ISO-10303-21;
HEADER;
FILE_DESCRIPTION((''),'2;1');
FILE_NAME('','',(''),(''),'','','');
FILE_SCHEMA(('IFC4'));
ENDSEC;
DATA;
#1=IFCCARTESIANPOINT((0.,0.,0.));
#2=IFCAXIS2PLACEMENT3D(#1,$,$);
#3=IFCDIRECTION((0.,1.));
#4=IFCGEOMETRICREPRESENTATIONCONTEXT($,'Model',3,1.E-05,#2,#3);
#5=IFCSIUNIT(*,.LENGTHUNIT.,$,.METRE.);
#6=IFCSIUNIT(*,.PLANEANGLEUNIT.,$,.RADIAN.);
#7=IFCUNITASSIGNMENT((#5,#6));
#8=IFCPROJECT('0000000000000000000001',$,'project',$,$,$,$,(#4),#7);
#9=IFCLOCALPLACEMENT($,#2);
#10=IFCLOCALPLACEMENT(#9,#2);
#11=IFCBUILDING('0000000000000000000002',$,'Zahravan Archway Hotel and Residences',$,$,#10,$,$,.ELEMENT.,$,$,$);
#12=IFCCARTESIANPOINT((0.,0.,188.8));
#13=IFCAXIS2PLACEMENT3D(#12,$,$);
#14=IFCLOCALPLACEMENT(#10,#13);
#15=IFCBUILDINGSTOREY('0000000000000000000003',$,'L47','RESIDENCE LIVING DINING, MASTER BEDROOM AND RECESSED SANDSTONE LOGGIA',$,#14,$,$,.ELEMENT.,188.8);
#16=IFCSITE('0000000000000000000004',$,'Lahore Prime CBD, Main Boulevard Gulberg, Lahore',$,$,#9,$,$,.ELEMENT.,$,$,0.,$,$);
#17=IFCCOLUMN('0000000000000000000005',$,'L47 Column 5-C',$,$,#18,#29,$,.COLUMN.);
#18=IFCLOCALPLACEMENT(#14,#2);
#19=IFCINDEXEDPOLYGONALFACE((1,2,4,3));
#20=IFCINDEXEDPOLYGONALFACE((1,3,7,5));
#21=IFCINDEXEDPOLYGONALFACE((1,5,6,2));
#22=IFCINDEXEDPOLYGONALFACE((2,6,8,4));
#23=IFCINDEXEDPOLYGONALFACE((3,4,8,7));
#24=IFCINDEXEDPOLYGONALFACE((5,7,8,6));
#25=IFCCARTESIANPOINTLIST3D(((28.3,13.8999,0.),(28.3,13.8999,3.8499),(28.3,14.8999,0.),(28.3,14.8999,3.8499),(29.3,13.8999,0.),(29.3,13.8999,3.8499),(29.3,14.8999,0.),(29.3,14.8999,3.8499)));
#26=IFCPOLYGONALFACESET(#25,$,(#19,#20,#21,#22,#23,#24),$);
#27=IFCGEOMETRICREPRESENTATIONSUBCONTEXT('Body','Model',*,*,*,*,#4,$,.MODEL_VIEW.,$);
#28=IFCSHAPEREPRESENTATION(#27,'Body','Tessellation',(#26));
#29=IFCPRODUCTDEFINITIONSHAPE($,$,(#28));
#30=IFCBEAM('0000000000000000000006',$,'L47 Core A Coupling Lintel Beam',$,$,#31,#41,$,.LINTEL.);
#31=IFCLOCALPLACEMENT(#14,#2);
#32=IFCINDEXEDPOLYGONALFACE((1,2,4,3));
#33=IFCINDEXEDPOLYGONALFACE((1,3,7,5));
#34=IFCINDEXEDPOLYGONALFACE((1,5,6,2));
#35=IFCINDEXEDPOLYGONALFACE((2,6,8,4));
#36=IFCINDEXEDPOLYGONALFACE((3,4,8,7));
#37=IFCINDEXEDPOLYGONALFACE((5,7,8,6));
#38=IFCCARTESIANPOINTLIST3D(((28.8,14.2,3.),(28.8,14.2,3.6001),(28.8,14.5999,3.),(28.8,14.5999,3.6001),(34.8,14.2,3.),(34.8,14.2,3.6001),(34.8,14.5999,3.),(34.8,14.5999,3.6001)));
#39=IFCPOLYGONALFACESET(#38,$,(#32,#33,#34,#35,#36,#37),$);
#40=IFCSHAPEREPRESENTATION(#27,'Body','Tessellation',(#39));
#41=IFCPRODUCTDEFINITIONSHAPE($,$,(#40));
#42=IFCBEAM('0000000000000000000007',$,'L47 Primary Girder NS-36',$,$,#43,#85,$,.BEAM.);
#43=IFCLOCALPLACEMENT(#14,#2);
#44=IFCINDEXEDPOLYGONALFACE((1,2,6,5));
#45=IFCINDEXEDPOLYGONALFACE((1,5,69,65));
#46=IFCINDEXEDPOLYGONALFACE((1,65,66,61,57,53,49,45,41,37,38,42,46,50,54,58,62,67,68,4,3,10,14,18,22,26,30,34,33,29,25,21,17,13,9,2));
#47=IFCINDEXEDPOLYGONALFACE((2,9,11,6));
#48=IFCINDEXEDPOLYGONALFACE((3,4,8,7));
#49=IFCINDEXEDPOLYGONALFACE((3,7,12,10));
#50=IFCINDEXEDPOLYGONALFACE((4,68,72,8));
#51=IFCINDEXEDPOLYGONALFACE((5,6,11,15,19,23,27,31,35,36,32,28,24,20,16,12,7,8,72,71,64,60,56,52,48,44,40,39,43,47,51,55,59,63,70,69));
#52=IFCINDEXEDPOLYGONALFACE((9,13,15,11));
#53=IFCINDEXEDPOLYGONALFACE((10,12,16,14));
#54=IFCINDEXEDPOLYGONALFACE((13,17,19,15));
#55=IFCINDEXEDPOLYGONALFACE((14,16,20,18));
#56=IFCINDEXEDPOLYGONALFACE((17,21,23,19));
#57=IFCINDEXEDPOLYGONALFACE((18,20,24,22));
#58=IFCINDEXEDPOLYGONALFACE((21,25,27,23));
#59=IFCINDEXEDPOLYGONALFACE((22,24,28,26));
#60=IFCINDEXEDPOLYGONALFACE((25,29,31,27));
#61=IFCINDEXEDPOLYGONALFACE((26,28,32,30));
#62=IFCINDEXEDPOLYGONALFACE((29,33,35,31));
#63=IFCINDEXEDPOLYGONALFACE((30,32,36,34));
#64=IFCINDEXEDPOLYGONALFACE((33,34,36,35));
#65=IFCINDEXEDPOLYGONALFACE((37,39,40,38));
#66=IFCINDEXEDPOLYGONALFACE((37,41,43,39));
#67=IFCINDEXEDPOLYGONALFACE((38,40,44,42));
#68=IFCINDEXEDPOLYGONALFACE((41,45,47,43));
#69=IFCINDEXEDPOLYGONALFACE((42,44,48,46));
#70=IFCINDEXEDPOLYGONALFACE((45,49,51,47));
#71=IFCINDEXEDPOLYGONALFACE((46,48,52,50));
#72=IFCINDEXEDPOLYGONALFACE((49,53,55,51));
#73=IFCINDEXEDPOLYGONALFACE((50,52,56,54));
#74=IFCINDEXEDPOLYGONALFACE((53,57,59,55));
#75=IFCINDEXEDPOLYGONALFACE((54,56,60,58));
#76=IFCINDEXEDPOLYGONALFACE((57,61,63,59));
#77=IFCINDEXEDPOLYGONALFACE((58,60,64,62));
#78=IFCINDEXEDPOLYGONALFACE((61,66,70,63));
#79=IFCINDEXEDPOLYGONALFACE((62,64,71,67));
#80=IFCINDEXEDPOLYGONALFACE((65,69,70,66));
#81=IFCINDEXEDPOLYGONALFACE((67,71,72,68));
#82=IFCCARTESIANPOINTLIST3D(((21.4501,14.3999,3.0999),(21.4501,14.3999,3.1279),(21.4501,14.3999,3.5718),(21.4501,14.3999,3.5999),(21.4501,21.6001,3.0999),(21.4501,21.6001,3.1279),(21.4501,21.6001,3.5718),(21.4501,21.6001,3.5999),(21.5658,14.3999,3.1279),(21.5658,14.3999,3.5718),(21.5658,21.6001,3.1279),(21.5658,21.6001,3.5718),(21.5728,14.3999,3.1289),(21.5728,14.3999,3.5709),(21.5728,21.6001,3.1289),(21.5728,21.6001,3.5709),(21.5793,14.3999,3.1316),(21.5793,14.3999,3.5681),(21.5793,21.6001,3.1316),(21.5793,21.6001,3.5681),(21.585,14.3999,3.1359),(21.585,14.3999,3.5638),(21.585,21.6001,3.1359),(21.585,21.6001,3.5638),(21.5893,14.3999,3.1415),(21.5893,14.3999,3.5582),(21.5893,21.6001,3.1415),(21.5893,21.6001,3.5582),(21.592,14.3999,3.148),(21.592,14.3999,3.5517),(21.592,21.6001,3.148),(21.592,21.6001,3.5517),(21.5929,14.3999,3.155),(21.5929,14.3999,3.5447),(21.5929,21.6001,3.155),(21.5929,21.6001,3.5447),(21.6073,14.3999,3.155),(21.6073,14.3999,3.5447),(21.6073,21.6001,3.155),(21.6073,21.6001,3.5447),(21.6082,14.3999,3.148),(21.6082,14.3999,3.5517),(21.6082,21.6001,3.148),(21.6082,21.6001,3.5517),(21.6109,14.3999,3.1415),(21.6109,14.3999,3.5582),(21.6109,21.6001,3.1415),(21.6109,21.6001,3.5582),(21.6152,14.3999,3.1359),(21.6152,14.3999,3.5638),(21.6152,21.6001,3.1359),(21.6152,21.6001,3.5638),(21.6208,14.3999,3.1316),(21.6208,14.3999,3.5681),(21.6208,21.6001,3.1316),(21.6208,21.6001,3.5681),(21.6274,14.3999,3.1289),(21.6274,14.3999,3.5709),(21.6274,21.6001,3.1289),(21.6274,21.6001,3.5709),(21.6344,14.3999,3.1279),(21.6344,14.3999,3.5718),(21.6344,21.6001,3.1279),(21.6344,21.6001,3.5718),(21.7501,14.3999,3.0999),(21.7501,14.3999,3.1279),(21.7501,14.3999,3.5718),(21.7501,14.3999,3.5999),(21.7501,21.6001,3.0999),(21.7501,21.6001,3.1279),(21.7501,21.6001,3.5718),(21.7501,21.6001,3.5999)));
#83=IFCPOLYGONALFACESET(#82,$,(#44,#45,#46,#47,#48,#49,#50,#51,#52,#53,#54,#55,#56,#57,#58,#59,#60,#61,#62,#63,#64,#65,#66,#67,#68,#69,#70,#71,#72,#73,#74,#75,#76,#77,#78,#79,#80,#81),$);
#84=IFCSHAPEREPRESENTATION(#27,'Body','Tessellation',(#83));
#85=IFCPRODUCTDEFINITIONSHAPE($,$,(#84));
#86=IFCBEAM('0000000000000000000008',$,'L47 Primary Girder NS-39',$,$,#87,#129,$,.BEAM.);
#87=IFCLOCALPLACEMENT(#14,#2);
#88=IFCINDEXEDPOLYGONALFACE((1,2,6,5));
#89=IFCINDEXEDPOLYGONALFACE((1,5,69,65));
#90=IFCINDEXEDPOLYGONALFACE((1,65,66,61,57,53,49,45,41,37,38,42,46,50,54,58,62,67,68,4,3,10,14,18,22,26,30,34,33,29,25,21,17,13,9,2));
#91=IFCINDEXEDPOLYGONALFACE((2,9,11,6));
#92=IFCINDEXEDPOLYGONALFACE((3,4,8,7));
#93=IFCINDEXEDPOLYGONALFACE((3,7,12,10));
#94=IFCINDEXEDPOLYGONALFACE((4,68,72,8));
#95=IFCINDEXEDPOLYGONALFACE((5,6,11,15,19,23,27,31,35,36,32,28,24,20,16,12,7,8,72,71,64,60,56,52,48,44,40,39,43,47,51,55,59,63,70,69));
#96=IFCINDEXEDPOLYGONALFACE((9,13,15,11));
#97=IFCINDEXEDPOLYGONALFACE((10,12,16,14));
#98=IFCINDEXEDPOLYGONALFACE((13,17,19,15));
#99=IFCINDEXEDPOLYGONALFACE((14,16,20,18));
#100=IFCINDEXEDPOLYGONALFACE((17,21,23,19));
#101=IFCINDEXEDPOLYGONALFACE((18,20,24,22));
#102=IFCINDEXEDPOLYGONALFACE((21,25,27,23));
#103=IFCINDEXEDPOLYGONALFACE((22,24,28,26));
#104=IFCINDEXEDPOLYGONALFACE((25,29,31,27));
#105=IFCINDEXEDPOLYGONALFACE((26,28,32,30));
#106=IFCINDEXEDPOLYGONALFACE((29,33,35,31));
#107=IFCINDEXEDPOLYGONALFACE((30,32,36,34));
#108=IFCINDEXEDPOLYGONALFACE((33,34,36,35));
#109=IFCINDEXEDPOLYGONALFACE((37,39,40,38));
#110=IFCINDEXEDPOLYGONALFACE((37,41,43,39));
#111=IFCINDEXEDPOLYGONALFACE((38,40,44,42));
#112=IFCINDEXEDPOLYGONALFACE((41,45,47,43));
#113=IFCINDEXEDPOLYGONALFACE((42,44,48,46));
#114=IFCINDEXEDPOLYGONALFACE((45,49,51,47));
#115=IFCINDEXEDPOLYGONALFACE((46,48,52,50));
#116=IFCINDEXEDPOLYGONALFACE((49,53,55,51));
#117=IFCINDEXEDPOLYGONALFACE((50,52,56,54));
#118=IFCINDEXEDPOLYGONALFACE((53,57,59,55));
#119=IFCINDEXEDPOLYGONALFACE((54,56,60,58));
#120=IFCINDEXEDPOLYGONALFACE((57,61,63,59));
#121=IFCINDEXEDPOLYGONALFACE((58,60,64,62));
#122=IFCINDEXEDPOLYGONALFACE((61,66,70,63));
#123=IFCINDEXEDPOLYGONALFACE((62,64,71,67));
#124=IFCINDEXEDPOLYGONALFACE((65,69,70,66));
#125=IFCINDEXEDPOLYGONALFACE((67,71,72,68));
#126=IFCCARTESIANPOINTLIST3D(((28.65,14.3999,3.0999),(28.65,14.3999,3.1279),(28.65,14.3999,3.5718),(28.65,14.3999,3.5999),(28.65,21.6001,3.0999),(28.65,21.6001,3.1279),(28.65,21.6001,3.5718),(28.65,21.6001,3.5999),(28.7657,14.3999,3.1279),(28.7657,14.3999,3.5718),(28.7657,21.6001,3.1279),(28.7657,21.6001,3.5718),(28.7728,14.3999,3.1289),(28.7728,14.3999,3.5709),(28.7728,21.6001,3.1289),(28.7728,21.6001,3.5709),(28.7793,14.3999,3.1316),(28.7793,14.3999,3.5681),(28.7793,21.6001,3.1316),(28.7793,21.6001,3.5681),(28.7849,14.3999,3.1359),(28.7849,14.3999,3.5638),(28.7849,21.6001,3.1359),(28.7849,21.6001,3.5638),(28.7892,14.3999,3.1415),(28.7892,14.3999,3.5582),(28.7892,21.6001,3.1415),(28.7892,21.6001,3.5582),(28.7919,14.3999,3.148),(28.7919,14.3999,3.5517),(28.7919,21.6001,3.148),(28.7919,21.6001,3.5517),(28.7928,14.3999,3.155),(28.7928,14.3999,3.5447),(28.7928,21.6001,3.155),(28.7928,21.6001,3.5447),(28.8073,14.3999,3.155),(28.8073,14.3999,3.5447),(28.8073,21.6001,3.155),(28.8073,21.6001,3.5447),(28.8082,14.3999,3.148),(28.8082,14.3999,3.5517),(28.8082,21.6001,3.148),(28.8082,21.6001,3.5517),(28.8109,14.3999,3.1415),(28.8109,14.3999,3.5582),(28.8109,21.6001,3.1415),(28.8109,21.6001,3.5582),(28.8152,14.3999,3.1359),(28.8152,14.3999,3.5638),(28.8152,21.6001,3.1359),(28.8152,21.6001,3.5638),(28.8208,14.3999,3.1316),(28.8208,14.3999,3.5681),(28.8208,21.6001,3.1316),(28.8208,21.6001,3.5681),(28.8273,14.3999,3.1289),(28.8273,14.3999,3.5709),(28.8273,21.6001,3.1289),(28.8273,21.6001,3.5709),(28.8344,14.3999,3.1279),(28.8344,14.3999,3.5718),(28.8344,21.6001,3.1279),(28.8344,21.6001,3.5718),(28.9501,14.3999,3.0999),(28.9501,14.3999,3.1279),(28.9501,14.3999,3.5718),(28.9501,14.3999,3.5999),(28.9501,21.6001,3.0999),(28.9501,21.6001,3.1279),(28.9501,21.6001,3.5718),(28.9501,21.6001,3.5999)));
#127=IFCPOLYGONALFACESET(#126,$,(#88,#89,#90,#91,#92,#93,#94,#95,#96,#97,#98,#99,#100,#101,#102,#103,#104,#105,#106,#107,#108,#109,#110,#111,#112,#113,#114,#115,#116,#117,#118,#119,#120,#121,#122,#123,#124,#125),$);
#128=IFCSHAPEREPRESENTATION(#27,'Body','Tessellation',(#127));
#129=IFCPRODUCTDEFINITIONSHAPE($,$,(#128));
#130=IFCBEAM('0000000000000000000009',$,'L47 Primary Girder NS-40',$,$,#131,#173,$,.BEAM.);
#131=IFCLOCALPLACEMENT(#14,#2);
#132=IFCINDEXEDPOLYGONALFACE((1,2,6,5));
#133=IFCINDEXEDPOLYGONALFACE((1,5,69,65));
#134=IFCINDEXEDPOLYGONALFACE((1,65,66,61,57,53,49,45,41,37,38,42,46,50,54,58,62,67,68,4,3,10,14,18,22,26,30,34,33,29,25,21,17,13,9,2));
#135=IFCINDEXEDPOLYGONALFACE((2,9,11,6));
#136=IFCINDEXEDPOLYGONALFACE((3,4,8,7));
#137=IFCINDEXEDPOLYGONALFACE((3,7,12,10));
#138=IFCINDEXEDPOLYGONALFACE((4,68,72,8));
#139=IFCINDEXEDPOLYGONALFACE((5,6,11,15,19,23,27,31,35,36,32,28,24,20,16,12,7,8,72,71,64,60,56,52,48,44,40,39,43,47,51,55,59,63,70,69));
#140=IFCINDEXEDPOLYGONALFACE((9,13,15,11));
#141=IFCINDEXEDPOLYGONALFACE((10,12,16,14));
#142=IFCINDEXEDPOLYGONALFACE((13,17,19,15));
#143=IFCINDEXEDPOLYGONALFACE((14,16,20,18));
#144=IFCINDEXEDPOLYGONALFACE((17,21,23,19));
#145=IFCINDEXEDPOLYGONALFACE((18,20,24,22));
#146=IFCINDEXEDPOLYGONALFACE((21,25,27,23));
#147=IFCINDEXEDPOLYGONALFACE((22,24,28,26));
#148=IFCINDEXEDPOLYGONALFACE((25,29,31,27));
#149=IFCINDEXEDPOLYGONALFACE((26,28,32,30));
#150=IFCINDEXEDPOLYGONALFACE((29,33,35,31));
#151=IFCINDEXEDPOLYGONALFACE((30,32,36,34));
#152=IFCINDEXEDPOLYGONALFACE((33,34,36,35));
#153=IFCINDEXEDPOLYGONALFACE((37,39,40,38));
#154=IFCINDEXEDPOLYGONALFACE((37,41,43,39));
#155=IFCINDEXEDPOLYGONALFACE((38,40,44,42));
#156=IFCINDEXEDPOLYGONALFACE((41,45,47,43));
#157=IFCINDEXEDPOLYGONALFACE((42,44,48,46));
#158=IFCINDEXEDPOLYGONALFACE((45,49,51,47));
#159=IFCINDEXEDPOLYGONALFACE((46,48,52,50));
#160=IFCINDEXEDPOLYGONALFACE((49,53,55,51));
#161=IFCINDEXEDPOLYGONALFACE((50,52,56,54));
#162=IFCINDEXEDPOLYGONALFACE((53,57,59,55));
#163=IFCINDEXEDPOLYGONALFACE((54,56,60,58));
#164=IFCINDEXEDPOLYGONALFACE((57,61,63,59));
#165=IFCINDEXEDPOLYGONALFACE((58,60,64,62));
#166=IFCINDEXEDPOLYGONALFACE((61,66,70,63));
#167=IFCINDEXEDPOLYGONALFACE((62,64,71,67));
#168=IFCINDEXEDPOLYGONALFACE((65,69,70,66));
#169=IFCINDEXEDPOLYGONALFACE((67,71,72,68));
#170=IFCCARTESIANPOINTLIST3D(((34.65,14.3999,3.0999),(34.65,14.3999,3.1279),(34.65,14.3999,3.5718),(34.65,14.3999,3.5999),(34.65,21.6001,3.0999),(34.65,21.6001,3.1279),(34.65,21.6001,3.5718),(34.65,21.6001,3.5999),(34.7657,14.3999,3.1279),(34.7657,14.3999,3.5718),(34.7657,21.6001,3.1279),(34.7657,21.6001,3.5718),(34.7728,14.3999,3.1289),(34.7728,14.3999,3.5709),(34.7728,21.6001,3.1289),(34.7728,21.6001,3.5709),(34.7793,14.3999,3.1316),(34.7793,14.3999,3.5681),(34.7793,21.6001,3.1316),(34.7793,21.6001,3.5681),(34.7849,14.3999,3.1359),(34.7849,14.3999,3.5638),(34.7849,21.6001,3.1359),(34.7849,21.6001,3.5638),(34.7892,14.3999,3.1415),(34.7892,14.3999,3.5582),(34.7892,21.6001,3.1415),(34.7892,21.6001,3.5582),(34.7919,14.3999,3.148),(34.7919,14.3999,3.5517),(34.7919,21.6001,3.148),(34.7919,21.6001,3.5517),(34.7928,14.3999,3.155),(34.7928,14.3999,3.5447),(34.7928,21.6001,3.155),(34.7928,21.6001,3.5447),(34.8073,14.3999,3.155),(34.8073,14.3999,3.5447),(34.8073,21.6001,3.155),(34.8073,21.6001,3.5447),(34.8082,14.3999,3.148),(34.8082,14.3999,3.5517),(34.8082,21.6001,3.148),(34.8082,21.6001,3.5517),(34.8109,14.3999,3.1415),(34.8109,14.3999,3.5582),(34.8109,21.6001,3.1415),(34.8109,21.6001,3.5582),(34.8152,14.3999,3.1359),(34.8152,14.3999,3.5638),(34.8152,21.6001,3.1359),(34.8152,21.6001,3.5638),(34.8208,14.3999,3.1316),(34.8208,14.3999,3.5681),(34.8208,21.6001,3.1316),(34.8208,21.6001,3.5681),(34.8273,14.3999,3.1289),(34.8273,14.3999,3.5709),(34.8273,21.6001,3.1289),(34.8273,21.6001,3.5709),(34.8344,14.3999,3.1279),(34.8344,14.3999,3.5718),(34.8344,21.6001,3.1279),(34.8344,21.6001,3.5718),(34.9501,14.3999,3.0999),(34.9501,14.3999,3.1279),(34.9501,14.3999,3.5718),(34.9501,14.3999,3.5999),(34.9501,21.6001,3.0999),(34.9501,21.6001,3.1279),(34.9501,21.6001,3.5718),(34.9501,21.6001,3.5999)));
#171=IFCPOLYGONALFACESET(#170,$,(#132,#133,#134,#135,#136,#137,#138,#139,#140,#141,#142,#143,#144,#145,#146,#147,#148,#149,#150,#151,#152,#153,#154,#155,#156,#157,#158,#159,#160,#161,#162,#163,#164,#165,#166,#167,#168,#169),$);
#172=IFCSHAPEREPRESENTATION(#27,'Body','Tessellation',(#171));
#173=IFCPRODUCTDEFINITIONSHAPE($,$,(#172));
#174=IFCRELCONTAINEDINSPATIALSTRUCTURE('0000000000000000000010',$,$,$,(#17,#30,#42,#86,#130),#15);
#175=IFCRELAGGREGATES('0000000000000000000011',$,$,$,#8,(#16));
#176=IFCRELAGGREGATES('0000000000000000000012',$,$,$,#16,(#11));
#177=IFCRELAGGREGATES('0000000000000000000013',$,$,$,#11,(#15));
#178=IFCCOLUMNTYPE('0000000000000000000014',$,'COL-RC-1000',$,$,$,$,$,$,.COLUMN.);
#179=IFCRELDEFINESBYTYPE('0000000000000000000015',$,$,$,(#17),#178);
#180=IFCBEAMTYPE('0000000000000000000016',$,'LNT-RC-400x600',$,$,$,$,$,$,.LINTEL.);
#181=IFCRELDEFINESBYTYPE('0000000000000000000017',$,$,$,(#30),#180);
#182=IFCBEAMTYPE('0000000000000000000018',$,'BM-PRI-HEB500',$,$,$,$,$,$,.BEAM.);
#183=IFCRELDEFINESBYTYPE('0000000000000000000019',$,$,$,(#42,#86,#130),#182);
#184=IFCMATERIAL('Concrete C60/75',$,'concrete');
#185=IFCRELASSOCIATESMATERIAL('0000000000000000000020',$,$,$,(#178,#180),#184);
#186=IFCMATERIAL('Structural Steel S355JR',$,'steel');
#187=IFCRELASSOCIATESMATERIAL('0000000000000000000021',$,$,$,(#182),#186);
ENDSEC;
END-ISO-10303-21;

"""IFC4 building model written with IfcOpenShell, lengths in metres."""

from ifc_helpers import new_model, si_unit, direction, frame, origin, origin_2d, place, context, subcontext, project, spatial, rectangle, i_section, extrude, source, transform, mapped, material, material_profile, profile_set, type_object, type_shapes, element, save


model = new_model("IFC4")

# Units and contexts
model_context = context("Model", 3, precision=1e-05, world=origin(), true_north=direction((0.0, 1.0)))
body_context = subcontext(model_context, "Body", "Model", "MODEL_VIEW")
ifc_project = project(units=[si_unit("LENGTHUNIT", "METRE"), si_unit("PLANEANGLEUNIT", "RADIAN")], contexts=[model_context])

# Site, building, storey
site_placement = place(None, origin())
site = spatial("IfcSite", under=ifc_project, at=site_placement, Name="Lahore Prime CBD, Main Boulevard Gulberg, Lahore", CompositionType="ELEMENT", RefElevation=0.0)
building_placement = place(site_placement, origin())
building = spatial("IfcBuilding", under=site, at=building_placement, Name="Zahravan Archway Hotel and Residences", CompositionType="ELEMENT")
storey_placement = place(building_placement, frame((0.0, 0.0, 188.8)))
storey = spatial("IfcBuildingStorey", under=building, at=storey_placement, Name="L47", Description="RESIDENCE LIVING DINING, MASTER BEDROOM AND RECESSED SANDSTONE LOGGIA", CompositionType="ELEMENT", Elevation=188.8)

# Column
ifc_material_1 = material(Name="Concrete C60/75", Category="concrete")
ifc_material_profile_1 = material_profile(ifc_material_1, rectangle(XDim=1.0, YDim=1.0, at=origin_2d()), Name="RC-COL-1000x1000", Category="concrete")
ifc_profile_set_1 = profile_set([ifc_material_profile_1], Name="Concrete C60/75")
column_type = type_object("IfcColumnType", Name="COL-RC-1000", PredefinedType="COLUMN", material=ifc_profile_set_1)
shared_shape_1 = source(origin(), body_context, "Body", "SweptSolid", [
    extrude(rectangle(XDim=1.0, YDim=1.0, at=origin_2d()), origin(), (0.0, 0.0, 1.0), 3.8499),
])
column_placement = place(storey_placement, frame((28.8, 14.3999, 0.0), z_axis=(0.0, 0.0, 1.0), x_axis=(1.0, 0.0, 0.0)))
element("IfcColumn", 1, at=column_placement, inside=storey, type_object=column_type, Name="L47 Column 5-C", PredefinedType="COLUMN", context=body_context, shape_type="MappedRepresentation", body=[
    mapped(shared_shape_1, transform((0.0, 0.0, 0.0), scale=1.0)),
])

# Beams
ifc_material_profile_2 = material_profile(ifc_material_1, rectangle(XDim=0.3999, YDim=0.6001, at=origin_2d()), Name="RC-LNT-400x600", Category="concrete")
ifc_profile_set_2 = profile_set([ifc_material_profile_2], Name="Concrete C60/75")
beam_type_1 = type_object("IfcBeamType", Name="LNT-RC-400x600", PredefinedType="LINTEL", material=ifc_profile_set_2)
shared_shape_2 = source(origin(), body_context, "Body", "SweptSolid", [
    extrude(rectangle(XDim=0.3999, YDim=0.6001, at=origin_2d()), origin(), (0.0, 0.0, 1.0), 6.0),
])
type_shapes(beam_type_1, [shared_shape_2])
beam_1_placement = place(storey_placement, frame((28.8, 14.3999, 3.3), z_axis=(1.0, 0.0, 0.0), x_axis=(0.0, 1.0, 0.0)))
element("IfcBeam", 2, at=beam_1_placement, inside=storey, type_object=beam_type_1, Name="L47 Core A Coupling Lintel Beam", PredefinedType="LINTEL", context=body_context, shape_type="MappedRepresentation", body=[
    mapped(shared_shape_2, transform((0.0, 0.0, 0.0), scale=1.0)),
])
ifc_material_2 = material(Name="Structural Steel S355JR", Category="steel")
ifc_material_profile_3 = material_profile(ifc_material_2, i_section(OverallWidth=0.3, OverallDepth=0.5, WebThickness=0.0144, FlangeThickness=0.0281, FilletRadius=0.0271, at=origin_2d()), Name="HEB 500", Category="steel")
ifc_profile_set_3 = profile_set([ifc_material_profile_3], Name="Structural Steel S355JR")
beam_type_2 = type_object("IfcBeamType", Name="BM-PRI-HEB500", PredefinedType="BEAM", material=ifc_profile_set_3)
shared_shape_3 = source(origin(), body_context, "Body", "SweptSolid", [
    extrude(i_section(OverallWidth=0.3, OverallDepth=0.5, WebThickness=0.0144, FlangeThickness=0.0281, FilletRadius=0.0271, at=origin_2d()), origin(), (0.0, 0.0, 1.0), 7.2002),
])
type_shapes(beam_type_2, [shared_shape_3])
for number, where, z_axis, x_axis, name in (
    (3, (21.6001, 14.3999, 3.3499), (0.0, 1.0, 0.0), (-1.0, 0.0, 0.0), "L47 Primary Girder NS-36"),
    (4, (28.8, 14.3999, 3.3499), (0.0, 1.0, 0.0), (-1.0, 0.0, 0.0), "L47 Primary Girder NS-39"),
    (5, (34.8, 14.3999, 3.3499), (0.0, 1.0, 0.0), (-1.0, 0.0, 0.0), "L47 Primary Girder NS-40"),
):
    element("IfcBeam", number, at=place(storey_placement, frame(where, z_axis=z_axis, x_axis=x_axis)), inside=storey, type_object=beam_type_2, Name=name, PredefinedType="BEAM", context=body_context, shape_type="MappedRepresentation", body=[
        mapped(shared_shape_3, transform((0.0, 0.0, 0.0), scale=1.0)),
    ])

save(model, "model.ifc")
